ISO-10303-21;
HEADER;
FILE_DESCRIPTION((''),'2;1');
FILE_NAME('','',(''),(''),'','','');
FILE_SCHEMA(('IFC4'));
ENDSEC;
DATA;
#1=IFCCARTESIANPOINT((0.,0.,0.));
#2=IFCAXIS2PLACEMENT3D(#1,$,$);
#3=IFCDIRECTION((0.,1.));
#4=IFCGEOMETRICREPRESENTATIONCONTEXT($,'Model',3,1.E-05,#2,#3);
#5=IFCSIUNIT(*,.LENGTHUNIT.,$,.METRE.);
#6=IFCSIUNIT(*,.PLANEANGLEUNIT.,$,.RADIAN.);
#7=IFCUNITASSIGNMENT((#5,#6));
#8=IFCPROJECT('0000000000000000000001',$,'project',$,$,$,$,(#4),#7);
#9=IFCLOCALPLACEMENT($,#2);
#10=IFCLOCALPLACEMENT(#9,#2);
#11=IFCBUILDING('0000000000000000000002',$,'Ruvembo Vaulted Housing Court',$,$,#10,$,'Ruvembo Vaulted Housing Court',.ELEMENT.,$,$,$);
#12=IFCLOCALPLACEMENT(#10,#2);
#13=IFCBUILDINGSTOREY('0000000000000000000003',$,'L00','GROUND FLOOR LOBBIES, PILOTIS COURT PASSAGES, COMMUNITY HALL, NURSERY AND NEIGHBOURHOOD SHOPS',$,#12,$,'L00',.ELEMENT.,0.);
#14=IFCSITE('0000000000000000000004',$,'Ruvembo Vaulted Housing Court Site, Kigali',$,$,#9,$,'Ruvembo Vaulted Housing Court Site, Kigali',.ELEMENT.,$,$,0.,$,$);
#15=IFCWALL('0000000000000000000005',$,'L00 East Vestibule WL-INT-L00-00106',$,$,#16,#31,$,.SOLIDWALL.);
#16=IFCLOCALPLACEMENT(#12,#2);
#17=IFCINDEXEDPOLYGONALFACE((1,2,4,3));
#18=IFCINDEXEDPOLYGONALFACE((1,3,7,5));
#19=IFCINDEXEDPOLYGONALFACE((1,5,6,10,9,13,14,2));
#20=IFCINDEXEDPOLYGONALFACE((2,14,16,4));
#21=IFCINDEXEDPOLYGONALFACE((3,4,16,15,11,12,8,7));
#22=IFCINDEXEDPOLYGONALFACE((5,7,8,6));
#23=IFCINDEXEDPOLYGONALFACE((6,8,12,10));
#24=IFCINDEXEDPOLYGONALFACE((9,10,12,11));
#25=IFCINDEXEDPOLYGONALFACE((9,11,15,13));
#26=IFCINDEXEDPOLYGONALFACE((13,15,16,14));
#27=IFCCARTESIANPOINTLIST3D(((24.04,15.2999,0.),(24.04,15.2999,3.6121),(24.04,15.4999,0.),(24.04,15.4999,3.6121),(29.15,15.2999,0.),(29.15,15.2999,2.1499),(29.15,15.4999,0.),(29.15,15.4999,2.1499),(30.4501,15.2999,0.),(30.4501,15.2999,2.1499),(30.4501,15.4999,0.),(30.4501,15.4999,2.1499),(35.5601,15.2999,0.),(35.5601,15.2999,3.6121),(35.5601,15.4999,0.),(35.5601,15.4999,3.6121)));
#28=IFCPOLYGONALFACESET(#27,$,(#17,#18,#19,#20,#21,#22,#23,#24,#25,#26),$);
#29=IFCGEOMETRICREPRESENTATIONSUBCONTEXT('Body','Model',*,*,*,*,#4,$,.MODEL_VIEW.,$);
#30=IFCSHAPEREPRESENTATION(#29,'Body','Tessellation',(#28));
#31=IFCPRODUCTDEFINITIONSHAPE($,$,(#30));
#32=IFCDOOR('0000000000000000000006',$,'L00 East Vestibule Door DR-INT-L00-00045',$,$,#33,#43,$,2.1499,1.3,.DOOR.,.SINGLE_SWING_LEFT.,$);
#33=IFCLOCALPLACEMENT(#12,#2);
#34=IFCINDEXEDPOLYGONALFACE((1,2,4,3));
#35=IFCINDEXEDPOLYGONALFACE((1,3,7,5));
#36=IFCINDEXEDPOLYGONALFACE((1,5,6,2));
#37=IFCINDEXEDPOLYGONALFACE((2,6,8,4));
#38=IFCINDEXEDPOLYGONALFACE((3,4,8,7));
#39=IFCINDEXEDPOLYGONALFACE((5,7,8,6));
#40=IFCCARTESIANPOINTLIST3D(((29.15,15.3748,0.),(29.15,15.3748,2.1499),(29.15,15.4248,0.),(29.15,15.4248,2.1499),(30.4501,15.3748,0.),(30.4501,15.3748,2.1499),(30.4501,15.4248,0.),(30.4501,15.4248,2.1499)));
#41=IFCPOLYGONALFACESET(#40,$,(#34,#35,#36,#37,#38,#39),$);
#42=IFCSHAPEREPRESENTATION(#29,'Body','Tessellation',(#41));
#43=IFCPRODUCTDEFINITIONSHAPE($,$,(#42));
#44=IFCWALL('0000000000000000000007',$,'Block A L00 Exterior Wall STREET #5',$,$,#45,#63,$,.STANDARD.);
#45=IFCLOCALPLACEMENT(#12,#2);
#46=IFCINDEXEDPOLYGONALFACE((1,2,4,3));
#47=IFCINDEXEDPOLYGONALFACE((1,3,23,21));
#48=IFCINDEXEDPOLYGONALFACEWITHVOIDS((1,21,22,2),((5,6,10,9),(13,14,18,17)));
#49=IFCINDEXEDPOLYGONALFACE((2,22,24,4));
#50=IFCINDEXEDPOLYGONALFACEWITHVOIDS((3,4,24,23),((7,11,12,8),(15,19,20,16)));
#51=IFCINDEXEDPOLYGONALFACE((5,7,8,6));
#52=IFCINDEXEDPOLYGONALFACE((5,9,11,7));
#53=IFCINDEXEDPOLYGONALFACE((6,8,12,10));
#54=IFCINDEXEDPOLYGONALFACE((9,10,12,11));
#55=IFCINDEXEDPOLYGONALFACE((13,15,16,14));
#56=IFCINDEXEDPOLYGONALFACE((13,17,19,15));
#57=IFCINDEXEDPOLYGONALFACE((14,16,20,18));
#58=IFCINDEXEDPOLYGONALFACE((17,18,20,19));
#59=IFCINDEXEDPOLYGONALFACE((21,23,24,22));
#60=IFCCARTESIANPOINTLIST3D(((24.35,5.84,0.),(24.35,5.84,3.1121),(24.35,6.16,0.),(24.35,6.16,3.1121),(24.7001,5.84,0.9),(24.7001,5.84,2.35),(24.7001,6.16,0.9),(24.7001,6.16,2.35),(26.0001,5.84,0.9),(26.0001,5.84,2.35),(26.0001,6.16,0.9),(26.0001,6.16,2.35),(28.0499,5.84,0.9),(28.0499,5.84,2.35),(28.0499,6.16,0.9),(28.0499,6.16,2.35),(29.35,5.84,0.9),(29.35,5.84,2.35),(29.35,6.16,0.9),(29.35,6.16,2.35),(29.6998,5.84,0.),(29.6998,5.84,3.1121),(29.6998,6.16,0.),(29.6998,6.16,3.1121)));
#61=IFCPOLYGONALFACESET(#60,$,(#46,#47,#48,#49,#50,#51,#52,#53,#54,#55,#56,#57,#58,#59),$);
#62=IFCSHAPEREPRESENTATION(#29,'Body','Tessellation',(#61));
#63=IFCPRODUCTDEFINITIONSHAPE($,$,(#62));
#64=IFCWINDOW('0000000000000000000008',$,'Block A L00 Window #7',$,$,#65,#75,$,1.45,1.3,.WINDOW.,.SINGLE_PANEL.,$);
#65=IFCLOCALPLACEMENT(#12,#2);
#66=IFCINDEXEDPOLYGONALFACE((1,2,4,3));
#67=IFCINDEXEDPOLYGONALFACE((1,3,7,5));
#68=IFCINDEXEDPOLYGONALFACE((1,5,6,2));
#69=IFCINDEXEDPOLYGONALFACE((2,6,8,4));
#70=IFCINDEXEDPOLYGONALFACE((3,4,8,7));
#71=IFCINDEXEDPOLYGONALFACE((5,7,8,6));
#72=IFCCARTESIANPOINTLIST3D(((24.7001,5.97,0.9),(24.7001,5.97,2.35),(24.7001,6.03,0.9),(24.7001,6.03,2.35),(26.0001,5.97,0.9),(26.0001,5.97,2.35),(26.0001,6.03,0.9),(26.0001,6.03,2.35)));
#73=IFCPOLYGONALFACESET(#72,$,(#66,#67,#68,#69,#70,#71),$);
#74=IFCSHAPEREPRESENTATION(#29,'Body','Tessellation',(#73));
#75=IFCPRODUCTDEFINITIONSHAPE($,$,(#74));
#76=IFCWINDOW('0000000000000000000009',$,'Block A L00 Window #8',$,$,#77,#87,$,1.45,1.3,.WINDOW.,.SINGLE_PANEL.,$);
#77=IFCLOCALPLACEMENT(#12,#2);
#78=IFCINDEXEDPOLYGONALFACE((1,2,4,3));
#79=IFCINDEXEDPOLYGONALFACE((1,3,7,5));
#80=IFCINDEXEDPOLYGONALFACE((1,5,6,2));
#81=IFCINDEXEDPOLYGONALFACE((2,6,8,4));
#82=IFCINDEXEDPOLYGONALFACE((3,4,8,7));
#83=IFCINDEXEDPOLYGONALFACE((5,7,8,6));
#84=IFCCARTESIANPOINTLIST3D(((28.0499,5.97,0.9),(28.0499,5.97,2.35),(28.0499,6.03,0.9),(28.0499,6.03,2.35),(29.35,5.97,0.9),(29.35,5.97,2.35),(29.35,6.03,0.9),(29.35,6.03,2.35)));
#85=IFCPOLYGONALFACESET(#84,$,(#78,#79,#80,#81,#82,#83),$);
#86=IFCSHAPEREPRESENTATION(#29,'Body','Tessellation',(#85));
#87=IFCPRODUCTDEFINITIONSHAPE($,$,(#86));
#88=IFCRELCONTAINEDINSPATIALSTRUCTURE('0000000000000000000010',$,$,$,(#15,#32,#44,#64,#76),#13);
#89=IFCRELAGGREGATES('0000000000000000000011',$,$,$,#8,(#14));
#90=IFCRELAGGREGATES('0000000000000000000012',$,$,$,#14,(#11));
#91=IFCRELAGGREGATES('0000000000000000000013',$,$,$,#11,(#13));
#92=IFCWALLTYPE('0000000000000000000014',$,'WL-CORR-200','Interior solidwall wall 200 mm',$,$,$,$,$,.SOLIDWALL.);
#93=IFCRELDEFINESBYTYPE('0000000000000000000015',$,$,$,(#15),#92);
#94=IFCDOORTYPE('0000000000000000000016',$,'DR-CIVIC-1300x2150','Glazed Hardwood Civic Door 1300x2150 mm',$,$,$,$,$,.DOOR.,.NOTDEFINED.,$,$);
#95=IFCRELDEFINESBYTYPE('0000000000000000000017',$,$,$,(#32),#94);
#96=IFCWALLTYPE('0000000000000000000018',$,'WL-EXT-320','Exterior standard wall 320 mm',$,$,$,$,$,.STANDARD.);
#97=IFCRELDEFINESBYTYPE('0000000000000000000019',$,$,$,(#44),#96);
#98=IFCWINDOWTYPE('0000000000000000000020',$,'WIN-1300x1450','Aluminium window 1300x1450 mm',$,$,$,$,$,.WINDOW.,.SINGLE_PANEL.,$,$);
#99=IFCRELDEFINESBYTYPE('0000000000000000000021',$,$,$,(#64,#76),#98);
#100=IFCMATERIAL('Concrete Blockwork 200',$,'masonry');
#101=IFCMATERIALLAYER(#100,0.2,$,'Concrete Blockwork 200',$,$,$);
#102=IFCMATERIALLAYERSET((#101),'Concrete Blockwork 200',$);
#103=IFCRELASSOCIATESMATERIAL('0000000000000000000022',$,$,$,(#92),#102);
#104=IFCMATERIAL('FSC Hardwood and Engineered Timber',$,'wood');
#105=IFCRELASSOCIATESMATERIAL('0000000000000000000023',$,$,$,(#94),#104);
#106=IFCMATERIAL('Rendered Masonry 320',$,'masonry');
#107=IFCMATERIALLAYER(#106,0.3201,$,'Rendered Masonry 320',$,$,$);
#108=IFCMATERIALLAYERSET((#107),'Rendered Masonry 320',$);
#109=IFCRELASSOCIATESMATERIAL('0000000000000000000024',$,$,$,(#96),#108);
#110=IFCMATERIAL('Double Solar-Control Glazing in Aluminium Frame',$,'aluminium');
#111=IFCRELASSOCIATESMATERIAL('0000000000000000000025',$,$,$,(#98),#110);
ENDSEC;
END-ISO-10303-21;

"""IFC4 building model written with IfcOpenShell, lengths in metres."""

from ifc_helpers import new_model, si_unit, direction, frame, frame_2d, origin, place, context, subcontext, project, spatial, rectangle, extrude, material, layer, layer_set, type_object, element, fill, save


model = new_model("IFC4")

# Units and contexts
model_context = context("Model", 3, precision=1e-05, world=origin(), true_north=direction((0.0, 1.0)))
body_context = subcontext(model_context, "Body", "Model", "MODEL_VIEW")
ifc_project = project(units=[si_unit("LENGTHUNIT", "METRE"), si_unit("PLANEANGLEUNIT", "RADIAN")], contexts=[model_context])

# Site, building, storey
site_placement = place(None, origin())
site = spatial("IfcSite", under=ifc_project, at=site_placement, Name="Ruvembo Vaulted Housing Court Site, Kigali", LongName="Ruvembo Vaulted Housing Court Site, Kigali", CompositionType="ELEMENT", RefElevation=0.0)
building_placement = place(site_placement, origin())
building = spatial("IfcBuilding", under=site, at=building_placement, Name="Ruvembo Vaulted Housing Court", LongName="Ruvembo Vaulted Housing Court", CompositionType="ELEMENT")
storey_placement = place(building_placement, origin())
storey = spatial("IfcBuildingStorey", under=building, at=storey_placement, Name="L00", Description="GROUND FLOOR LOBBIES, PILOTIS COURT PASSAGES, COMMUNITY HALL, NURSERY AND NEIGHBOURHOOD SHOPS", LongName="L00", CompositionType="ELEMENT", Elevation=0.0)

# Wall, opening, door
ifc_material_1 = material(Name="Concrete Blockwork 200", Category="masonry")
ifc_layer_1 = layer(ifc_material_1, 0.2, Name="Concrete Blockwork 200")
ifc_layer_set_1 = layer_set([ifc_layer_1], Name="Concrete Blockwork 200")
wall_type_1 = type_object("IfcWallType", Name="WL-CORR-200", Description="Interior solidwall wall 200 mm", PredefinedType="SOLIDWALL", material=ifc_layer_set_1)
wall_1_placement = place(storey_placement, frame((24.04, 15.3999, 0.0), z_axis=(0.0, 0.0, 1.0), x_axis=(1.0, 0.0, 0.0)))
wall_1 = element("IfcWall", 1, at=wall_1_placement, inside=storey, type_object=wall_type_1, Name="L00 East Vestibule WL-INT-L00-00106", PredefinedType="SOLIDWALL", context=body_context, shape_type="SweptSolid", body=[
    extrude(rectangle(XDim=11.52, YDim=0.2, at=frame_2d((5.76, 0.0))), origin(), (0.0, 0.0, 1.0), 3.6121),
])
opening_1_placement = place(wall_1_placement, frame((5.1101, 0.0, 0.0)))
opening_1 = element("IfcOpeningElement", 2, at=opening_1_placement, cuts=wall_1, PredefinedType="OPENING", context=body_context, shape_type="SweptSolid", body=[
    extrude(rectangle(XDim=1.3, YDim=2.1499, at=frame_2d((0.6499, 1.075))), frame((0.0, 0.1099, 0.0), z_axis=(0.0, -1.0, 0.0), x_axis=(1.0, 0.0, 0.0)), (0.0, 0.0, 1.0), 0.22),
])
ifc_material_2 = material(Name="FSC Hardwood and Engineered Timber", Category="wood")
door_type = type_object("IfcDoorType", Name="DR-CIVIC-1300x2150", Description="Glazed Hardwood Civic Door 1300x2150 mm", OperationType="NOTDEFINED", PredefinedType="DOOR", material=ifc_material_2)
door_placement = place(opening_1_placement, origin())
door = element("IfcDoor", 3, at=door_placement, inside=storey, type_object=door_type, Name="L00 East Vestibule Door DR-INT-L00-00045", OperationType="SINGLE_SWING_LEFT", OverallHeight=2.1499, OverallWidth=1.3, PredefinedType="DOOR", context=body_context, shape_type="SweptSolid", body=[
    extrude(rectangle(XDim=1.3, YDim=2.1499, at=frame_2d((0.6499, 1.075))), frame((0.0, 0.0249, 0.0), z_axis=(0.0, -1.0, 0.0), x_axis=(1.0, 0.0, 0.0)), (0.0, 0.0, 1.0), 0.05),
])
fill(opening_1, door)

# Wall, openings, windows
ifc_material_3 = material(Name="Rendered Masonry 320", Category="masonry")
ifc_layer_2 = layer(ifc_material_3, 0.3201, Name="Rendered Masonry 320")
ifc_layer_set_2 = layer_set([ifc_layer_2], Name="Rendered Masonry 320")
wall_type_2 = type_object("IfcWallType", Name="WL-EXT-320", Description="Exterior standard wall 320 mm", PredefinedType="STANDARD", material=ifc_layer_set_2)
wall_2_placement = place(storey_placement, frame((24.3501, 6.0, 0.0), z_axis=(0.0, 0.0, 1.0), x_axis=(1.0, 0.0, 0.0)))
wall_2 = element("IfcWall", 4, at=wall_2_placement, inside=storey, type_object=wall_type_2, Name="Block A L00 Exterior Wall STREET #5", PredefinedType="STANDARD", context=body_context, shape_type="SweptSolid", body=[
    extrude(rectangle(XDim=5.3499, YDim=0.3201, at=frame_2d((2.6748, 0.0))), origin(), (0.0, 0.0, 1.0), 3.1121),
])
opening_2_placement = place(wall_2_placement, frame((0.3501, 0.0, 0.8999)))
opening_2 = element("IfcOpeningElement", 5, at=opening_2_placement, cuts=wall_2, PredefinedType="OPENING", context=body_context, shape_type="SweptSolid", body=[
    extrude(rectangle(XDim=1.3, YDim=1.45, at=frame_2d((0.6499, 0.7251))), frame((0.0, 0.1699, 0.0), z_axis=(0.0, -1.0, 0.0), x_axis=(1.0, 0.0, 0.0)), (0.0, 0.0, 1.0), 0.3401),
])
opening_3_placement = place(wall_2_placement, frame((3.7, 0.0, 0.8999)))
opening_3 = element("IfcOpeningElement", 6, at=opening_3_placement, cuts=wall_2, PredefinedType="OPENING", context=body_context, shape_type="SweptSolid", body=[
    extrude(rectangle(XDim=1.3, YDim=1.45, at=frame_2d((0.6499, 0.7251))), frame((0.0, 0.1699, 0.0), z_axis=(0.0, -1.0, 0.0), x_axis=(1.0, 0.0, 0.0)), (0.0, 0.0, 1.0), 0.3401),
])
ifc_material_4 = material(Name="Double Solar-Control Glazing in Aluminium Frame", Category="aluminium")
window_type = type_object("IfcWindowType", Name="WIN-1300x1450", Description="Aluminium window 1300x1450 mm", PartitioningType="SINGLE_PANEL", PredefinedType="WINDOW", material=ifc_material_4)
window_1_placement = place(opening_2_placement, origin())
window_1 = element("IfcWindow", 7, at=window_1_placement, inside=storey, type_object=window_type, Name="Block A L00 Window #7", OverallHeight=1.45, OverallWidth=1.3, PartitioningType="SINGLE_PANEL", PredefinedType="WINDOW", context=body_context, shape_type="SweptSolid", body=[
    extrude(rectangle(XDim=1.3, YDim=1.45, at=frame_2d((0.6499, 0.7251))), frame((0.0, 0.03, 0.0), z_axis=(0.0, -1.0, 0.0), x_axis=(1.0, 0.0, 0.0)), (0.0, 0.0, 1.0), 0.0601),
])
fill(opening_2, window_1)
window_2_placement = place(opening_3_placement, origin())
window_2 = element("IfcWindow", 8, at=window_2_placement, inside=storey, type_object=window_type, Name="Block A L00 Window #8", OverallHeight=1.45, OverallWidth=1.3, PartitioningType="SINGLE_PANEL", PredefinedType="WINDOW", context=body_context, shape_type="SweptSolid", body=[
    extrude(rectangle(XDim=1.3, YDim=1.45, at=frame_2d((0.6499, 0.7251))), frame((0.0, 0.03, 0.0), z_axis=(0.0, -1.0, 0.0), x_axis=(1.0, 0.0, 0.0)), (0.0, 0.0, 1.0), 0.0601),
])
fill(opening_3, window_2)

save(model, "model.ifc")
